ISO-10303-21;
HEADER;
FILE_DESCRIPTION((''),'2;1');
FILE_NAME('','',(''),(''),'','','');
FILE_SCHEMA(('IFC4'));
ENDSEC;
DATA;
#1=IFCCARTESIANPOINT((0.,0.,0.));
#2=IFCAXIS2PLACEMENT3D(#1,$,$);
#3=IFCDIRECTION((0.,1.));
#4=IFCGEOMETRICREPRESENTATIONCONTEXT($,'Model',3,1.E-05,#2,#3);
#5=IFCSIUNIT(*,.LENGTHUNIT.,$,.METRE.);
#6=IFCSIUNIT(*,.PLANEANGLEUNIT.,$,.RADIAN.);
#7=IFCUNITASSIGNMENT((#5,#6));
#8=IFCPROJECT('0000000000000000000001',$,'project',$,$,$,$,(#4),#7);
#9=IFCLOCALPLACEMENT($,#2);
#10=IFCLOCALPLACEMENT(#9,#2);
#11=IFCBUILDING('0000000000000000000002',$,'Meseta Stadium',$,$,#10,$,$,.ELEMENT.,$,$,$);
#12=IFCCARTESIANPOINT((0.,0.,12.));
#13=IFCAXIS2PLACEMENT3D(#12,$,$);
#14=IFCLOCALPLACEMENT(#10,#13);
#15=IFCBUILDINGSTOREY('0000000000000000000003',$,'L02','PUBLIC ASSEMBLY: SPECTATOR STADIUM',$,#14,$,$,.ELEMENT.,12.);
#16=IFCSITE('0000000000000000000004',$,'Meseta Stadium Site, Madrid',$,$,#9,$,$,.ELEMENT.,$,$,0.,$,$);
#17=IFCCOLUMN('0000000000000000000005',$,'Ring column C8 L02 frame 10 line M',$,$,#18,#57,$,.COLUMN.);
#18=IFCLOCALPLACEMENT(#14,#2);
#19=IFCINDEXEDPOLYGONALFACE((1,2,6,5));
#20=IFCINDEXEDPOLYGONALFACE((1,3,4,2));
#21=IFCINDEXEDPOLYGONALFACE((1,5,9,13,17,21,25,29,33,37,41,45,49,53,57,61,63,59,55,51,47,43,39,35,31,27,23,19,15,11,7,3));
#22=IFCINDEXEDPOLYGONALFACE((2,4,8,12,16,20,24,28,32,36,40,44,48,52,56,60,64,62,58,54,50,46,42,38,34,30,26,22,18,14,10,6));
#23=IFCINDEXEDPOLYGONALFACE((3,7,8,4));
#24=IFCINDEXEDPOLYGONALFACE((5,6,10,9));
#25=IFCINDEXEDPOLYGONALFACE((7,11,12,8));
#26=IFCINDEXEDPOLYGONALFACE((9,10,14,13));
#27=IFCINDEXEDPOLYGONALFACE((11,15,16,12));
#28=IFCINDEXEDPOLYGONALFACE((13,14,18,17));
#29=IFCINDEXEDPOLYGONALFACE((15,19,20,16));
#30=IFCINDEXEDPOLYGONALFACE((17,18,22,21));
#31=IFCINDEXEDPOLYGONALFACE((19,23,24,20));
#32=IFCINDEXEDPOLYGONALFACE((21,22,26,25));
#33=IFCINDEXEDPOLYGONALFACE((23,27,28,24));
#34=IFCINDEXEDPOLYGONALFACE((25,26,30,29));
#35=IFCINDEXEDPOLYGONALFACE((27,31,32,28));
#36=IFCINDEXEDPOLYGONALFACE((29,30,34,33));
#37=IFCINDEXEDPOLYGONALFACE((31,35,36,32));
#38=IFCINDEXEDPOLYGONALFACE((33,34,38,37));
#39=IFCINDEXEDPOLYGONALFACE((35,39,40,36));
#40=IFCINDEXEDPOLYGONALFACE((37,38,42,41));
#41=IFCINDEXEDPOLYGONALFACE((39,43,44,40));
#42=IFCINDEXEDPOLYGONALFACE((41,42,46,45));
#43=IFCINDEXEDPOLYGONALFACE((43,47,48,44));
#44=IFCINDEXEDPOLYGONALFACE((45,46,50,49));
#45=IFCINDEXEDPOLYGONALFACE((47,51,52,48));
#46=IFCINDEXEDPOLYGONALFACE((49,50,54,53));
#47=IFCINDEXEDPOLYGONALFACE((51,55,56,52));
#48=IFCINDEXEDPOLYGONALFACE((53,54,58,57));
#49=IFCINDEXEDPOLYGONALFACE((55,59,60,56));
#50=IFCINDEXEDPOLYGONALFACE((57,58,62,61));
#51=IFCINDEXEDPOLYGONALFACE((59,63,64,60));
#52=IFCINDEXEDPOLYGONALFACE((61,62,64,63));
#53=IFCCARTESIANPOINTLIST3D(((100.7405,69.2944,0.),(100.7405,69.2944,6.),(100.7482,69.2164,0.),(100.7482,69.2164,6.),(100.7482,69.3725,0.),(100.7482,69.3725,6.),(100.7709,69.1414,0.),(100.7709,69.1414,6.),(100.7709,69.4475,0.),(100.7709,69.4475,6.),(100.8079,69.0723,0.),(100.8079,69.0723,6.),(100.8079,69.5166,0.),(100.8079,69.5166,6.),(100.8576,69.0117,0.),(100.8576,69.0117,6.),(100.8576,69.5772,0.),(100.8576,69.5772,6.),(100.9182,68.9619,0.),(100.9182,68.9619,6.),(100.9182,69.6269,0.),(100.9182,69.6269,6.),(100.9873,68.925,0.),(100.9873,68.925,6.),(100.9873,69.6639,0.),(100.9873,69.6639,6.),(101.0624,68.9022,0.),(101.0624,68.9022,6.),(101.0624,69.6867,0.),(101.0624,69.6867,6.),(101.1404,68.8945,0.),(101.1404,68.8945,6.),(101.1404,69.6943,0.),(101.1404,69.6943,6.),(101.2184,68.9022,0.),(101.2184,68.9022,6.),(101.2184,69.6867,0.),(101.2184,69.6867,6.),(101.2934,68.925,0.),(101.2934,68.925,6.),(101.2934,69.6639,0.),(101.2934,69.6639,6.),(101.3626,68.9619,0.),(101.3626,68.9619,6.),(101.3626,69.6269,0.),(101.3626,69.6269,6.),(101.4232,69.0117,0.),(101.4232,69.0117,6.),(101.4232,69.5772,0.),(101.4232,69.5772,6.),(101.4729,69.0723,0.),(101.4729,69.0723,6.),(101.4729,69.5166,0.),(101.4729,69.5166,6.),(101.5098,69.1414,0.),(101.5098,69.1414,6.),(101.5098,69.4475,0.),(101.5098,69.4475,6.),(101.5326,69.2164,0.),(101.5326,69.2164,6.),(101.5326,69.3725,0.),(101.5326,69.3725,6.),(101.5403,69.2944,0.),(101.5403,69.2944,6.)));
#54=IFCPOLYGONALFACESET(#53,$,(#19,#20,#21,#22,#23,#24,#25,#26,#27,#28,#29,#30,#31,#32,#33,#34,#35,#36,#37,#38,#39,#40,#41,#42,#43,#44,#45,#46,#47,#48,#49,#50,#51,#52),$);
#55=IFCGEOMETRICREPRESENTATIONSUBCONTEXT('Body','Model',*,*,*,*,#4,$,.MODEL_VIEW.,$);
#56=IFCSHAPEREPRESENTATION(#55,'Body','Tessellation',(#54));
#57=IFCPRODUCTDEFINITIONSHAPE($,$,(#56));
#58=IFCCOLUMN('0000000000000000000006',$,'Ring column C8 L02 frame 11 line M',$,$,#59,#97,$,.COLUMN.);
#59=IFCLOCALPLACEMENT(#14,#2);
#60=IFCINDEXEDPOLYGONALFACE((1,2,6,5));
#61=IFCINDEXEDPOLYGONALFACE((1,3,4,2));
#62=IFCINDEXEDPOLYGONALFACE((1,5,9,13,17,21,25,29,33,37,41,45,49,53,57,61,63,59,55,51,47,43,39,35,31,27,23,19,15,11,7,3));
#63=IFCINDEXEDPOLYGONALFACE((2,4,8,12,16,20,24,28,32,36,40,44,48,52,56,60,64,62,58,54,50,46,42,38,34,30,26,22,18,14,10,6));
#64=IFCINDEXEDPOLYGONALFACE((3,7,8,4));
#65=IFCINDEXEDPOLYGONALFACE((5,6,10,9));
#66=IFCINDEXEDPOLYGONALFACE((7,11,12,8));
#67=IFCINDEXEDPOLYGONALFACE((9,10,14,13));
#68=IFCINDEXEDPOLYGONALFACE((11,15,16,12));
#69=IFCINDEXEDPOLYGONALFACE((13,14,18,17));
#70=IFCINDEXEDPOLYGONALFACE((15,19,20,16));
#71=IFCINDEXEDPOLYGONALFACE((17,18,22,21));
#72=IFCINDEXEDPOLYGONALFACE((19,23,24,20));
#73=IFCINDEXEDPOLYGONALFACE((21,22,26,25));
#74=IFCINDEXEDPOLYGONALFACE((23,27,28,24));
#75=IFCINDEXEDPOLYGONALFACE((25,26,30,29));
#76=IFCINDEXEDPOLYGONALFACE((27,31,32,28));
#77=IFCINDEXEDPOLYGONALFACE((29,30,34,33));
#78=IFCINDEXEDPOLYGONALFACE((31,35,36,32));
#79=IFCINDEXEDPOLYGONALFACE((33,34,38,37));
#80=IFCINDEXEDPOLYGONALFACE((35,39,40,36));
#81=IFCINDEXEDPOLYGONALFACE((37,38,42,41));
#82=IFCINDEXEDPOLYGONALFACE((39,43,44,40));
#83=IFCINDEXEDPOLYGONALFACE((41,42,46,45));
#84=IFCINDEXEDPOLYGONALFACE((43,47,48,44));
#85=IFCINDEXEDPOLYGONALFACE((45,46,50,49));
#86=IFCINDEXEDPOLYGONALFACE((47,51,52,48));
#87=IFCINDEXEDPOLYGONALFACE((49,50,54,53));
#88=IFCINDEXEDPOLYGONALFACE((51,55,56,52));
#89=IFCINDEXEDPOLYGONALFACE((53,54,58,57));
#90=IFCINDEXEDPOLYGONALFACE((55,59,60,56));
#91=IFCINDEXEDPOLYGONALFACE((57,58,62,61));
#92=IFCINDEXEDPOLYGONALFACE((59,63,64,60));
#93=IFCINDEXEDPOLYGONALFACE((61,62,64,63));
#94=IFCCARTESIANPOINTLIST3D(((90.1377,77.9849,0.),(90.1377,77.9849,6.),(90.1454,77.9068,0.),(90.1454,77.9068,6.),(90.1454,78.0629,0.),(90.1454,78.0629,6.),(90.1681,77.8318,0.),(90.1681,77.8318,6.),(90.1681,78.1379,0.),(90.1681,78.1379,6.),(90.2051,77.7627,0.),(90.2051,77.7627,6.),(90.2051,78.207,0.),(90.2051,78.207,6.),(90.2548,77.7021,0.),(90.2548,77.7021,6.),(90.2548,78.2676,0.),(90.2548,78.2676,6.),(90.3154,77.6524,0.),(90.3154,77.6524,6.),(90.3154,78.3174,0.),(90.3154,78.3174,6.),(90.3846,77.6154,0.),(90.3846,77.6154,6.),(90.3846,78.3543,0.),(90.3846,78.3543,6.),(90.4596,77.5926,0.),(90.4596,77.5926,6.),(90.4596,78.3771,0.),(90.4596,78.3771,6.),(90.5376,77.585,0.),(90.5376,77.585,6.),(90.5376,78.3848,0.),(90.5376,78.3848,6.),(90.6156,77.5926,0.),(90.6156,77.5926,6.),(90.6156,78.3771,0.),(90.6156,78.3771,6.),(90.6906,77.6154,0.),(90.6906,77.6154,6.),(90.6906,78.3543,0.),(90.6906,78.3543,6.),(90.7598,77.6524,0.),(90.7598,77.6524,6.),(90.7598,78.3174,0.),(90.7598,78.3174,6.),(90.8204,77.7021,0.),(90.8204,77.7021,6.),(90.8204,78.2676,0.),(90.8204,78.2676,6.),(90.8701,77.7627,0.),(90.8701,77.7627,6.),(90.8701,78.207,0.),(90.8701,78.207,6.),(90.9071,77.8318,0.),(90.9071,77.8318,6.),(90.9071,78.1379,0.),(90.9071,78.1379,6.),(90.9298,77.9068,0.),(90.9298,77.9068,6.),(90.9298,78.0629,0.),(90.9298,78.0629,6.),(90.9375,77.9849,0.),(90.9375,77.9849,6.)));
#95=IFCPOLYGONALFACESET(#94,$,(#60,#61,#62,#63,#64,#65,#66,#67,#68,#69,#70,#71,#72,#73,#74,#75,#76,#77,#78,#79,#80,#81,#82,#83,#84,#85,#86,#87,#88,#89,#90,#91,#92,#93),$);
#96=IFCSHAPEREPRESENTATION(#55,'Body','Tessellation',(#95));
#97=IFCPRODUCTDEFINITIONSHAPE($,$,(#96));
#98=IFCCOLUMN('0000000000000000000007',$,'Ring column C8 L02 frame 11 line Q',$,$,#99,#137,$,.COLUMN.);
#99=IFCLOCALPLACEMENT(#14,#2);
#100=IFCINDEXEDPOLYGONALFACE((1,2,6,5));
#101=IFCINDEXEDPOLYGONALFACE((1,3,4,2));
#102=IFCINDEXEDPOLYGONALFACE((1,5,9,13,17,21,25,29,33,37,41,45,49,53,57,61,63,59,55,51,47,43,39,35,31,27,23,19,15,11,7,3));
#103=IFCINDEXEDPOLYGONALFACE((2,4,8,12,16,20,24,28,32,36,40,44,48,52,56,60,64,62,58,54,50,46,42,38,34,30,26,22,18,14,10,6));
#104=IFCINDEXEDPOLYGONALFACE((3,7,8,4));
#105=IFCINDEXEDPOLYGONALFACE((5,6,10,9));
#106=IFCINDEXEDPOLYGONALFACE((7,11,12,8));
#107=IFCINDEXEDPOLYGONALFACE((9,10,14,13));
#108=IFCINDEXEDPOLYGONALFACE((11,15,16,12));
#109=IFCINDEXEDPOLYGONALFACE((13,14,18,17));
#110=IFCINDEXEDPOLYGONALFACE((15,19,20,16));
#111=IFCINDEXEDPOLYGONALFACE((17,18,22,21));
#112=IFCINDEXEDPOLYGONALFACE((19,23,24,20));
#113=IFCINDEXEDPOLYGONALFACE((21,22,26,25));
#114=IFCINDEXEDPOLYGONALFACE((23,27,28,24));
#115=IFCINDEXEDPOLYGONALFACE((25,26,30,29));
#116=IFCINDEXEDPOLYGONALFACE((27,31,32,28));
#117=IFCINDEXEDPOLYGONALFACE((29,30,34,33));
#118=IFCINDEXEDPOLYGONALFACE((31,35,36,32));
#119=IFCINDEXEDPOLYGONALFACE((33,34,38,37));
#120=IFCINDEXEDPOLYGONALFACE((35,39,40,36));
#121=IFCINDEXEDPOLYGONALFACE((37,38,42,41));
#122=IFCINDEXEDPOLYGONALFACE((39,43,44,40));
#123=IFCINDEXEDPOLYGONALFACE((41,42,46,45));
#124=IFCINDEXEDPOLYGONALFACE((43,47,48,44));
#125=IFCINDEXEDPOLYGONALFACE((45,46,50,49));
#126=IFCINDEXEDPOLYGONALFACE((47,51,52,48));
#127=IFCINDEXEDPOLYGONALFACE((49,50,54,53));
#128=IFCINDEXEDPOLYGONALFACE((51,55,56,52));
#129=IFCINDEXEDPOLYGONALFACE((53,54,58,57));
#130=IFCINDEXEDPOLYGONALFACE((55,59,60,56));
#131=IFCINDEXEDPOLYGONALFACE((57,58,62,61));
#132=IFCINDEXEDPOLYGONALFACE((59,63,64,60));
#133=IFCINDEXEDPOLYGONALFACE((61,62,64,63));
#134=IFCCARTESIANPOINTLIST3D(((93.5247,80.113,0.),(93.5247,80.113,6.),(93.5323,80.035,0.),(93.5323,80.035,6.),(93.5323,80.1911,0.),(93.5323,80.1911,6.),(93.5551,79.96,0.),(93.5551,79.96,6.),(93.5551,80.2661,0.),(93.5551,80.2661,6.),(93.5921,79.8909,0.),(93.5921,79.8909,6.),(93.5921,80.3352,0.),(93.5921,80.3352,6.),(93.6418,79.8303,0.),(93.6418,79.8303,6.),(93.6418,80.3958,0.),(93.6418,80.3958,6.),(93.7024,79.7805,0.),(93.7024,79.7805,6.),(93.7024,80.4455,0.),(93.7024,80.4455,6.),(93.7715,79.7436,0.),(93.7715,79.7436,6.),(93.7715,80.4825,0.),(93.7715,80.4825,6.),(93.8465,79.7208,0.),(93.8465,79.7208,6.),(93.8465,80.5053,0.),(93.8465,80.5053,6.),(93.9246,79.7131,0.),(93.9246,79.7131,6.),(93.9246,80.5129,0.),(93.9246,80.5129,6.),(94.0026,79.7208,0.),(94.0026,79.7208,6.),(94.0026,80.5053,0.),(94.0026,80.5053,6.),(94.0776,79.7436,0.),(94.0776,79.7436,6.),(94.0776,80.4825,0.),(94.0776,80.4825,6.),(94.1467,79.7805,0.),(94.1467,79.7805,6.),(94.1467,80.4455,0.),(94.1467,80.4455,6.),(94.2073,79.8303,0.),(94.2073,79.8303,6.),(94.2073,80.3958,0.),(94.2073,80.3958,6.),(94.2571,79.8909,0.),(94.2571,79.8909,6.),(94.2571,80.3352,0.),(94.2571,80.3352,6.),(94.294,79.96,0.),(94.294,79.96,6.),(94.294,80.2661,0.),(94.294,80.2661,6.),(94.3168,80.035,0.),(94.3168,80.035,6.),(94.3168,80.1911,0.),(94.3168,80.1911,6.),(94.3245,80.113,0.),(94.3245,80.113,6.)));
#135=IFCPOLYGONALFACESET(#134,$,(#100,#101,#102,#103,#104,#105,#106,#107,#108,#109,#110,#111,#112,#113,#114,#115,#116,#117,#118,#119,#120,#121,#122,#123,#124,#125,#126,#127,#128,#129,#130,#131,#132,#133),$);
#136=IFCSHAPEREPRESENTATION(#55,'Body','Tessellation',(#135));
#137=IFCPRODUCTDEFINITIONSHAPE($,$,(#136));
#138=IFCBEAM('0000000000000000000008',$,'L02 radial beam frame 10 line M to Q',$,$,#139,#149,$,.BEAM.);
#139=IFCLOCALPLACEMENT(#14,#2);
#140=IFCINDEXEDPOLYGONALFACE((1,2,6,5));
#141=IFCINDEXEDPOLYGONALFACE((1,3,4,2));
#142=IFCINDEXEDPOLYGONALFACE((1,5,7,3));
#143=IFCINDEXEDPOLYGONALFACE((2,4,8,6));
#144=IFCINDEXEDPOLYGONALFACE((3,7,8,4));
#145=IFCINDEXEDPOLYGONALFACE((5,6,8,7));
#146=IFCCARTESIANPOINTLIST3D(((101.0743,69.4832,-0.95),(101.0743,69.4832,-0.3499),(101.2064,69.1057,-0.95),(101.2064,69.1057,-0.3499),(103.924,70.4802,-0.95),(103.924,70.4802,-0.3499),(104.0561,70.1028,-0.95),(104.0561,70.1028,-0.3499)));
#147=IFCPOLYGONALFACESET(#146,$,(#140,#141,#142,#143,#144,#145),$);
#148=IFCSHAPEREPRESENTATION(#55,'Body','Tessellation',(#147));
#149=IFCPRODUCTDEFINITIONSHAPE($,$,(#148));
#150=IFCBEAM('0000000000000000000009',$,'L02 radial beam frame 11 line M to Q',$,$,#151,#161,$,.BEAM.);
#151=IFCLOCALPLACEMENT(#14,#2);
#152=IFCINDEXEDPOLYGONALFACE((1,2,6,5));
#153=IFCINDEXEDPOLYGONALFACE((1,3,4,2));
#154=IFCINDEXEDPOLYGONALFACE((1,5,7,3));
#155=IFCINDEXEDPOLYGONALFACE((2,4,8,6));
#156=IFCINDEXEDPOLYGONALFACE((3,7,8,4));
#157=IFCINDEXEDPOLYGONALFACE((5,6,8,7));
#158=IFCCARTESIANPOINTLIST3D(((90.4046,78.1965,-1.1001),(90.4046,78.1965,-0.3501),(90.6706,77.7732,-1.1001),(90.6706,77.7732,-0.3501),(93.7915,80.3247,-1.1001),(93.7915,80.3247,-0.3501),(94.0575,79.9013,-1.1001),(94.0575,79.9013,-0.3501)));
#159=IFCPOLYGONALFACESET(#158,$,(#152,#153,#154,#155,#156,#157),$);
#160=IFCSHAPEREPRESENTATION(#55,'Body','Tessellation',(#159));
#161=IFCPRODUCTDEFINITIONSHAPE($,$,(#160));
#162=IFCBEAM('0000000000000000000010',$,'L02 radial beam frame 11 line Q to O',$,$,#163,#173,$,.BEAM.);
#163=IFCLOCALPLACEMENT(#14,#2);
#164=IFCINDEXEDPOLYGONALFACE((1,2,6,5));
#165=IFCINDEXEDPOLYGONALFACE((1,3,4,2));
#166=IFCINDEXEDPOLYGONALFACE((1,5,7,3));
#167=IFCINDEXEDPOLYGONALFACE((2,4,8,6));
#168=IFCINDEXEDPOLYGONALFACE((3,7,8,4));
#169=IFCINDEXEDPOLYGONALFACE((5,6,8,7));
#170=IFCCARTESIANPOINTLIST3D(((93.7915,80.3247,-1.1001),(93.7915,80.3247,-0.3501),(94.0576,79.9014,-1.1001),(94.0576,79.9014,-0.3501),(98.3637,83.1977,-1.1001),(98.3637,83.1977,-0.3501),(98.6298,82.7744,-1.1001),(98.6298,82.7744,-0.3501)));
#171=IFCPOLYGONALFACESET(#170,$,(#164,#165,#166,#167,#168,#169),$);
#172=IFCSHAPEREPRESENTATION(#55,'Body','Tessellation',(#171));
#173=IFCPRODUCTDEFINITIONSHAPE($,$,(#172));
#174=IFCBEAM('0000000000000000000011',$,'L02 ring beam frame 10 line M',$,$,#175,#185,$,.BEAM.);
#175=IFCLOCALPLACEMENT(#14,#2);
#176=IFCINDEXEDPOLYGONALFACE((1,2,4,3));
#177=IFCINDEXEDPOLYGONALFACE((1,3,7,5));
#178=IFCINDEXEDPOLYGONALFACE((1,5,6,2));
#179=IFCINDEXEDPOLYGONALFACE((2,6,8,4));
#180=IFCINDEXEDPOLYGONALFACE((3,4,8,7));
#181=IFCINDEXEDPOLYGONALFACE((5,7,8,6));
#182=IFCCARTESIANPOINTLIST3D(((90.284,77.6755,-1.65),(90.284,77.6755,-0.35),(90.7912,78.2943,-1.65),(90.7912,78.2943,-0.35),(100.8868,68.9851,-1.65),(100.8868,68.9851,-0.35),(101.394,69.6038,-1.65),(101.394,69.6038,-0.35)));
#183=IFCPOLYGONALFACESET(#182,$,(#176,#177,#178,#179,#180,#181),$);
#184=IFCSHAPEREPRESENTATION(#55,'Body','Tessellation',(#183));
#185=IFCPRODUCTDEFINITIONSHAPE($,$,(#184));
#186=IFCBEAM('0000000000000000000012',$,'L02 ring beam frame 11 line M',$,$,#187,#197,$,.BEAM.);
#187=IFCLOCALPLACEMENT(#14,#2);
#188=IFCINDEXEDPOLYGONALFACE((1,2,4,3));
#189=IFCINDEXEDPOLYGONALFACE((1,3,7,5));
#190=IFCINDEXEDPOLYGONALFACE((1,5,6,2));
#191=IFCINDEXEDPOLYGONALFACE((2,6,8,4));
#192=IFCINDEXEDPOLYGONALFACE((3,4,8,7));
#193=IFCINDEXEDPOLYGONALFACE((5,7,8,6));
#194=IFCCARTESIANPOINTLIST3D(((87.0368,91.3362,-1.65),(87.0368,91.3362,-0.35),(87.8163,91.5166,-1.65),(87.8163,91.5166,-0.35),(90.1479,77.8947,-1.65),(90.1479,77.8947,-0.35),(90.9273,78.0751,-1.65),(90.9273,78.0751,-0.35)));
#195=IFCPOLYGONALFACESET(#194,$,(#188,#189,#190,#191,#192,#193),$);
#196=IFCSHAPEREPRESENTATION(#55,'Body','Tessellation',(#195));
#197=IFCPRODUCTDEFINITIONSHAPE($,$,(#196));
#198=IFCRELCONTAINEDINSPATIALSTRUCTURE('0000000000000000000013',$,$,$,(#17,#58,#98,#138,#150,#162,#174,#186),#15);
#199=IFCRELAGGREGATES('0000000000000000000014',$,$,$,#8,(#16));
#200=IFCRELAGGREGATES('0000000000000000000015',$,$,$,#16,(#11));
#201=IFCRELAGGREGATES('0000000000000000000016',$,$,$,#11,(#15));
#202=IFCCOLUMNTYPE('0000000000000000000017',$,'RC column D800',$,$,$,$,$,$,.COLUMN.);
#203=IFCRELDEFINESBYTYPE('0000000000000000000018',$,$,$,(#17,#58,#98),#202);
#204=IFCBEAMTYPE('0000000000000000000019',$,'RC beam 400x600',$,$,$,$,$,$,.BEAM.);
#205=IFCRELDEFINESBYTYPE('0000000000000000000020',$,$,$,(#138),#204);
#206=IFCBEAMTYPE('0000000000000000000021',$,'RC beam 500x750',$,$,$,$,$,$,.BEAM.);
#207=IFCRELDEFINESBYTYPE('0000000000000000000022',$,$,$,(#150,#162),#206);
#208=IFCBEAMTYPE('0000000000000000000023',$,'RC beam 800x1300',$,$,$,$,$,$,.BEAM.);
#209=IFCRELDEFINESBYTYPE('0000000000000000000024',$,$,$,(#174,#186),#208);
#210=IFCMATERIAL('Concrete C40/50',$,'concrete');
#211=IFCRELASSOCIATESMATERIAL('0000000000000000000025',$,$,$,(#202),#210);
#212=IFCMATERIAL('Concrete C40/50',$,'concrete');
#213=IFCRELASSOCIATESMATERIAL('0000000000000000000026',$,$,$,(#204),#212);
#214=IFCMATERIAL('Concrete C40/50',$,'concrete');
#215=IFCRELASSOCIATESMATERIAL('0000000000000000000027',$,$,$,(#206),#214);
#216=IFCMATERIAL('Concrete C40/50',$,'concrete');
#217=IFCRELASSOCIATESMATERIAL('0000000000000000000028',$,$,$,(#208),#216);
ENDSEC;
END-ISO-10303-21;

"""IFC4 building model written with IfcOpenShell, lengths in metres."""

from ifc_helpers import new_model, si_unit, direction, frame, origin, origin_2d, place, context, subcontext, project, spatial, rectangle, circle, extrude, material, material_profile, profile_set, type_object, element, save


model = new_model("IFC4")

# Units and contexts
model_context = context("Model", 3, precision=1e-05, world=origin(), true_north=direction((0.0, 1.0)))
body_context = subcontext(model_context, "Body", "Model", "MODEL_VIEW")
ifc_project = project(units=[si_unit("LENGTHUNIT", "METRE"), si_unit("PLANEANGLEUNIT", "RADIAN")], contexts=[model_context])

# Site, building, storey
site_placement = place(None, origin())
site = spatial("IfcSite", under=ifc_project, at=site_placement, Name="Meseta Stadium Site, Madrid", CompositionType="ELEMENT", RefElevation=0.0)
building_placement = place(site_placement, origin())
building = spatial("IfcBuilding", under=site, at=building_placement, Name="Meseta Stadium", CompositionType="ELEMENT")
storey_placement = place(building_placement, frame((0.0, 0.0, 12.0)))
storey = spatial("IfcBuildingStorey", under=building, at=storey_placement, Name="L02", Description="PUBLIC ASSEMBLY: SPECTATOR STADIUM", CompositionType="ELEMENT", Elevation=12.0)

# Columns
ifc_material_1 = material(Name="Concrete C40/50", Category="concrete")
ifc_material_profile_1 = material_profile(ifc_material_1, circle(Radius=0.3999, at=origin_2d()), Name="RC D800")
ifc_profile_set_1 = profile_set([ifc_material_profile_1], Name="Concrete C40/50")
column_type = type_object("IfcColumnType", Name="RC column D800", PredefinedType="COLUMN", material=ifc_profile_set_1)
for number, where, z_axis, x_axis, name in (
    (1, (101.1404, 69.2944, 0.0), (0.0, 0.0, 1.0), (1.0, 0.0, 0.0), "Ring column C8 L02 frame 10 line M"),
    (2, (90.5376, 77.9849, 0.0), (0.0, 0.0, 1.0), (1.0, 0.0, 0.0), "Ring column C8 L02 frame 11 line M"),
    (3, (93.9246, 80.113, 0.0), (0.0, 0.0, 1.0), (1.0, 0.0, 0.0), "Ring column C8 L02 frame 11 line Q"),
):
    element("IfcColumn", number, at=place(storey_placement, frame(where, z_axis=z_axis, x_axis=x_axis)), inside=storey, type_object=column_type, Name=name, PredefinedType="COLUMN", context=body_context, shape_type="SweptSolid", body=[
        extrude(circle(Radius=0.3999, at=origin_2d()), origin(), (0.0, 0.0, 1.0), 6.0),
    ])

# Beams
ifc_material_2 = material(Name="Concrete C40/50", Category="concrete")
ifc_material_profile_2 = material_profile(ifc_material_2, rectangle(XDim=0.3999, YDim=0.6001, at=origin_2d()), Name="RC 400x600")
ifc_profile_set_2 = profile_set([ifc_material_profile_2], Name="Concrete C40/50")
beam_type_1 = type_object("IfcBeamType", Name="RC beam 400x600", PredefinedType="BEAM", material=ifc_profile_set_2)
beam_1_placement = place(storey_placement, frame((101.1404, 69.2944, -0.6499), z_axis=(0.943889, 0.330264, 0.0), x_axis=(-0.330264, 0.943889, 0.0)))
element("IfcBeam", 4, at=beam_1_placement, inside=storey, type_object=beam_type_1, Name="L02 radial beam frame 10 line M to Q", PredefinedType="BEAM", context=body_context, shape_type="SweptSolid", body=[
    extrude(rectangle(XDim=0.3999, YDim=0.6001, at=origin_2d()), origin(), (0.0, 0.0, 1.0), 3.019),
])
ifc_material_3 = material(Name="Concrete C40/50", Category="concrete")
ifc_material_profile_3 = material_profile(ifc_material_3, rectangle(XDim=0.5, YDim=0.75, at=origin_2d()), Name="RC 500x750")
ifc_profile_set_3 = profile_set([ifc_material_profile_3], Name="Concrete C40/50")
beam_type_2 = type_object("IfcBeamType", Name="RC beam 500x750", PredefinedType="BEAM", material=ifc_profile_set_3)
beam_2_placement = place(storey_placement, frame((90.5376, 77.9849, -0.7251), z_axis=(0.846724, 0.532033, 0.0), x_axis=(-0.532033, 0.846724, 0.0)))
element("IfcBeam", 5, at=beam_2_placement, inside=storey, type_object=beam_type_2, Name="L02 radial beam frame 11 line M to Q", PredefinedType="BEAM", context=body_context, shape_type="SweptSolid", body=[
    extrude(rectangle(XDim=0.5, YDim=0.75, at=origin_2d()), origin(), (0.0, 0.0, 1.0), 4.0),
])
beam_3_placement = place(storey_placement, frame((93.9246, 80.113, -0.7251), z_axis=(0.846716, 0.532046, 0.0), x_axis=(-0.532046, 0.846716, 0.0)))
element("IfcBeam", 6, at=beam_3_placement, inside=storey, type_object=beam_type_2, Name="L02 radial beam frame 11 line Q to O", PredefinedType="BEAM", context=body_context, shape_type="SweptSolid", body=[
    extrude(rectangle(XDim=0.5, YDim=0.75, at=origin_2d()), origin(), (0.0, 0.0, 1.0), 5.3999),
])
ifc_material_4 = material(Name="Concrete C40/50", Category="concrete")
ifc_material_profile_4 = material_profile(ifc_material_4, rectangle(XDim=0.8, YDim=1.3, at=origin_2d()), Name="RC 800x1300")
ifc_profile_set_4 = profile_set([ifc_material_profile_4], Name="Concrete C40/50")
beam_type_3 = type_object("IfcBeamType", Name="RC beam 800x1300", PredefinedType="BEAM", material=ifc_profile_set_4)
beam_4_placement = place(storey_placement, frame((101.1404, 69.2944, -1.0), z_axis=(-0.773406, 0.633912, 0.0), x_axis=(-0.633912, -0.773406, 0.0)))
element("IfcBeam", 7, at=beam_4_placement, inside=storey, type_object=beam_type_3, Name="L02 ring beam frame 10 line M", PredefinedType="BEAM", context=body_context, shape_type="SweptSolid", body=[
    extrude(rectangle(XDim=0.8, YDim=1.3, at=origin_2d()), origin(), (0.0, 0.0, 1.0), 13.7092),
])
beam_5_placement = place(storey_placement, frame((90.5376, 77.9849, -1.0), z_axis=(-0.22549, 0.974245, 0.0), x_axis=(-0.974245, -0.22549, 0.0)))
element("IfcBeam", 8, at=beam_5_placement, inside=storey, type_object=beam_type_3, Name="L02 ring beam frame 11 line M", PredefinedType="BEAM", context=body_context, shape_type="SweptSolid", body=[
    extrude(rectangle(XDim=0.8, YDim=1.3, at=origin_2d()), origin(), (0.0, 0.0, 1.0), 13.7969),
])

save(model, "model.ifc")
